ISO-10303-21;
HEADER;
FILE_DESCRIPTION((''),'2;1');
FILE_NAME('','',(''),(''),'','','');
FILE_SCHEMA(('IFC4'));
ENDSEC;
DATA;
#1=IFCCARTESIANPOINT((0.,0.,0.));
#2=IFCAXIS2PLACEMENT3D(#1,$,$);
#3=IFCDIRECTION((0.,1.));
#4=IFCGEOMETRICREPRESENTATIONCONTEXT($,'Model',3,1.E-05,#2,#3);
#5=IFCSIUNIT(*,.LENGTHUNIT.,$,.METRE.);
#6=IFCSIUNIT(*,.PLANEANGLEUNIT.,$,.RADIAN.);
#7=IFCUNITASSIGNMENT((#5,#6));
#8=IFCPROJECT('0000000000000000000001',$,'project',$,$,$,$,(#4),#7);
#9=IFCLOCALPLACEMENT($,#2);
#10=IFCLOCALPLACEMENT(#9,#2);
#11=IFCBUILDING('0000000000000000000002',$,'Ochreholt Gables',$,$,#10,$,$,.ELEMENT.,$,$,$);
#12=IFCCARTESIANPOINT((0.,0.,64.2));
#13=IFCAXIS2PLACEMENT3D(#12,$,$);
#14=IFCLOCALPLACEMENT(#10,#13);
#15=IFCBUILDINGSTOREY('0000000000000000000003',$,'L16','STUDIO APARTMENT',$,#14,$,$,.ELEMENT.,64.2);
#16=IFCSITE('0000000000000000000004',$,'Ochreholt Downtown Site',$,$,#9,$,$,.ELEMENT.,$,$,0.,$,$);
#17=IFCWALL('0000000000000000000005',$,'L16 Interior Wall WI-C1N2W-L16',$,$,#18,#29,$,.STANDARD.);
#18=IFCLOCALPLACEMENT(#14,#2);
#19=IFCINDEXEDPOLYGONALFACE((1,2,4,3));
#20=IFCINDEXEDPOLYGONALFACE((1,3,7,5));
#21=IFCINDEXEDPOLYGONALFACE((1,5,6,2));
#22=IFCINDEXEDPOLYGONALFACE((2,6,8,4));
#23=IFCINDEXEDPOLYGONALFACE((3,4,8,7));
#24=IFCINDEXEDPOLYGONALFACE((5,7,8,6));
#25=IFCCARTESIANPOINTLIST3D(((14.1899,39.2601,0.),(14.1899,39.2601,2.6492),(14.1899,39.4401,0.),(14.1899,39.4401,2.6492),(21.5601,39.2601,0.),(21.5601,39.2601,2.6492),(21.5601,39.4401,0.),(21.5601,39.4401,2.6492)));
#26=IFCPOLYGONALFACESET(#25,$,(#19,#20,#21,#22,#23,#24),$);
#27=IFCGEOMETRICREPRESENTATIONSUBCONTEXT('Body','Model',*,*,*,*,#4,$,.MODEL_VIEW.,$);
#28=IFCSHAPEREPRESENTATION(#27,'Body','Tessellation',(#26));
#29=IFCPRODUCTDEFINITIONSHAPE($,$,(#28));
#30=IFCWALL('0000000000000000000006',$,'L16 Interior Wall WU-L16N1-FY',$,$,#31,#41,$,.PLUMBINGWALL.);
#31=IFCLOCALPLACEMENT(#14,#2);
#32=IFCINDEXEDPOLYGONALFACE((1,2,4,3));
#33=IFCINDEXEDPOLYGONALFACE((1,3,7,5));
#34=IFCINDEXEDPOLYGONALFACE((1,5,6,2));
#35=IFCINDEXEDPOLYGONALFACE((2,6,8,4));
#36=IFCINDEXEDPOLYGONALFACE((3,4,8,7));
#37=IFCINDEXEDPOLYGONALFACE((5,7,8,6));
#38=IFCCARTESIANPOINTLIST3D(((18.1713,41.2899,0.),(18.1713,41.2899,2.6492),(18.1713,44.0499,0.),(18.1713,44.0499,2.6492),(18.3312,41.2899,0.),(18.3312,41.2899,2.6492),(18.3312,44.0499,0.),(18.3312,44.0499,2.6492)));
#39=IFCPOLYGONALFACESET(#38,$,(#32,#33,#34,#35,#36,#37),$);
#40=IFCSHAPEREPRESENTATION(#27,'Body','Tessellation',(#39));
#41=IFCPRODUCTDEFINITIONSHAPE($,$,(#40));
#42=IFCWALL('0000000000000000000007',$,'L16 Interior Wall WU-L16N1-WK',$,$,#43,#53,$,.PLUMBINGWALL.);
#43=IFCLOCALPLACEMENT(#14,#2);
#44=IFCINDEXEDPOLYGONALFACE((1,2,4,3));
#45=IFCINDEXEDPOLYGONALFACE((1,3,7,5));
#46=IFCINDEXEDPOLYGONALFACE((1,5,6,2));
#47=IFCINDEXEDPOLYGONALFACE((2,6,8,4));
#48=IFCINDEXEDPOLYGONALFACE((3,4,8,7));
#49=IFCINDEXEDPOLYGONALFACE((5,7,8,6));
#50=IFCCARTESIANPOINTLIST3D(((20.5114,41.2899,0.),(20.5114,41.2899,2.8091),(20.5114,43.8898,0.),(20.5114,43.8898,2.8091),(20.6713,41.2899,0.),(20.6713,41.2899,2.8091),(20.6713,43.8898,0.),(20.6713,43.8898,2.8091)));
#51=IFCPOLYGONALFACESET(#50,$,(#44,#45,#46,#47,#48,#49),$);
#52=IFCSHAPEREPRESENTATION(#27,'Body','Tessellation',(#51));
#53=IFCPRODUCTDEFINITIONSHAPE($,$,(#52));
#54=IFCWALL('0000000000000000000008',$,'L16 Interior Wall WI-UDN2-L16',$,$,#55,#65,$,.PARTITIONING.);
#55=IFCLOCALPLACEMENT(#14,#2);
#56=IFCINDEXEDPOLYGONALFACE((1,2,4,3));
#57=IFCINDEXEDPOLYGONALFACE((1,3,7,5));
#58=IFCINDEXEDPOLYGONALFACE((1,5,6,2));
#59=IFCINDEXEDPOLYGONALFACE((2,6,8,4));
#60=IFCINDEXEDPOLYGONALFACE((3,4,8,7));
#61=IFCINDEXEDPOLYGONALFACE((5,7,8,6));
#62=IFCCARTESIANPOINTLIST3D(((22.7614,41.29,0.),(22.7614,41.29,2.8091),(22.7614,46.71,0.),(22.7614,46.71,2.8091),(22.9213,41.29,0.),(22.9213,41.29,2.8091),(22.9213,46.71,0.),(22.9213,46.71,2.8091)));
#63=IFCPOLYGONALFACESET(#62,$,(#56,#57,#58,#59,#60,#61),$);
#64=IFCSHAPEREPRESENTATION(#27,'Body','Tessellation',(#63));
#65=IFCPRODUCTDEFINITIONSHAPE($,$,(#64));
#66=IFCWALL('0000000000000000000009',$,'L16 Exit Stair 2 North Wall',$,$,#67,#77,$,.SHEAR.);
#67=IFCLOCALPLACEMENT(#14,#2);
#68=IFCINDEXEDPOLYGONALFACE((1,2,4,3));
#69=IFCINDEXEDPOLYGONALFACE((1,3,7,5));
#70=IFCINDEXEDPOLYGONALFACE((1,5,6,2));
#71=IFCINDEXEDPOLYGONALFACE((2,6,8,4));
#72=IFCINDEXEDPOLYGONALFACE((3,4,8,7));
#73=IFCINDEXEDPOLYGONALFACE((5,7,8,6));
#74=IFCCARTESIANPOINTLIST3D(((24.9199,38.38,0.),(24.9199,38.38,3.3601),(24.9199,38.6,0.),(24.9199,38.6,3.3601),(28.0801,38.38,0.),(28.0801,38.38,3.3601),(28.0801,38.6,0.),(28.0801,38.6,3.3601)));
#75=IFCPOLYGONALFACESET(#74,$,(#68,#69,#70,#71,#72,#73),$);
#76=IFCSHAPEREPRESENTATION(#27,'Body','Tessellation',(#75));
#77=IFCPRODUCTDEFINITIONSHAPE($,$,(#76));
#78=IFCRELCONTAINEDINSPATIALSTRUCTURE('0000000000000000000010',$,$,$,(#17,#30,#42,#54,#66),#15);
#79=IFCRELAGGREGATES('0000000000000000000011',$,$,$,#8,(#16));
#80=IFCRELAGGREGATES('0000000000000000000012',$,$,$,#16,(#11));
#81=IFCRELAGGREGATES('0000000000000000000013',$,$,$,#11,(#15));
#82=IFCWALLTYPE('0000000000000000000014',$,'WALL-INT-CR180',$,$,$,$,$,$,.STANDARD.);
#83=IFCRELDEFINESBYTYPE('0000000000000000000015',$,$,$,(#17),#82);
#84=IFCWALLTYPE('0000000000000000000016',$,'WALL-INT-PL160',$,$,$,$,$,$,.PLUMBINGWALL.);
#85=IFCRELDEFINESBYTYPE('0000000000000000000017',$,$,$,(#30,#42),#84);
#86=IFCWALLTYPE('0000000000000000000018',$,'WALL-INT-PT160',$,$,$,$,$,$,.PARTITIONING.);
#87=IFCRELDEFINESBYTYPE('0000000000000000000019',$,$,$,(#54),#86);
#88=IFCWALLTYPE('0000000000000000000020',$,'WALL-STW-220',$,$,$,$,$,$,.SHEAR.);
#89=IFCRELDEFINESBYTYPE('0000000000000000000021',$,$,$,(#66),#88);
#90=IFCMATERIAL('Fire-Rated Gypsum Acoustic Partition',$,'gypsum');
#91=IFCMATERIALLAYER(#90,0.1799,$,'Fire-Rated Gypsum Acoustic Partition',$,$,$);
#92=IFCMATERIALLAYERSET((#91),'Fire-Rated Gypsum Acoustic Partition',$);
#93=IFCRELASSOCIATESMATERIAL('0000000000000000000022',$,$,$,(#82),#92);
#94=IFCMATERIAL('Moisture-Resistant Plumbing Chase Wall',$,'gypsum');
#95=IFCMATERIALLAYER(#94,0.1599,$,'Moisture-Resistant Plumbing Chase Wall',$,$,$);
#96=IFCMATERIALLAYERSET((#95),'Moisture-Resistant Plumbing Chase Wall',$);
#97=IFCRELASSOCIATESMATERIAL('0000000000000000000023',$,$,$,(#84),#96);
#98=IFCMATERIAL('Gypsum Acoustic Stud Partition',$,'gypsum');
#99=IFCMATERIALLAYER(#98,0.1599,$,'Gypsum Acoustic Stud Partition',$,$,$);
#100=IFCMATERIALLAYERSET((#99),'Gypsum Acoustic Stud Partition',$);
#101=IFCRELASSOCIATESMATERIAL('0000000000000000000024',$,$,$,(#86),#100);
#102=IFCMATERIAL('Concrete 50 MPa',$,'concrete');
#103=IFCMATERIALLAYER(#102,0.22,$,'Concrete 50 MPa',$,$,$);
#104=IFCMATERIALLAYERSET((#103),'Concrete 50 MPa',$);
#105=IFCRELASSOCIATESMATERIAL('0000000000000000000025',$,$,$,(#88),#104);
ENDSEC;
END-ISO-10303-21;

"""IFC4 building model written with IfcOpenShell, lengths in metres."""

from ifc_helpers import new_model, si_unit, direction, frame, frame_2d, origin, place, context, subcontext, project, spatial, rectangle, extrude, material, layer, layer_set, type_object, element, save


model = new_model("IFC4")

# Units and contexts
model_context = context("Model", 3, precision=1e-05, world=origin(), true_north=direction((0.0, 1.0)))
body_context = subcontext(model_context, "Body", "Model", "MODEL_VIEW")
ifc_project = project(units=[si_unit("LENGTHUNIT", "METRE"), si_unit("PLANEANGLEUNIT", "RADIAN")], contexts=[model_context])

# Site, building, storey
site_placement = place(None, origin())
site = spatial("IfcSite", under=ifc_project, at=site_placement, Name="Ochreholt Downtown Site", CompositionType="ELEMENT", RefElevation=0.0)
building_placement = place(site_placement, origin())
building = spatial("IfcBuilding", under=site, at=building_placement, Name="Ochreholt Gables", CompositionType="ELEMENT")
storey_placement = place(building_placement, frame((0.0, 0.0, 64.2)))
storey = spatial("IfcBuildingStorey", under=building, at=storey_placement, Name="L16", Description="STUDIO APARTMENT", CompositionType="ELEMENT", Elevation=64.2)

# Wall
ifc_material_1 = material(Name="Fire-Rated Gypsum Acoustic Partition", Category="gypsum")
ifc_layer_1 = layer(ifc_material_1, 0.1799, Name="Fire-Rated Gypsum Acoustic Partition")
ifc_layer_set_1 = layer_set([ifc_layer_1], Name="Fire-Rated Gypsum Acoustic Partition")
wall_type_1 = type_object("IfcWallType", Name="WALL-INT-CR180", PredefinedType="STANDARD", material=ifc_layer_set_1)
wall_1_placement = place(storey_placement, frame((14.1899, 39.3501, 0.0), z_axis=(0.0, 0.0, 1.0), x_axis=(1.0, 0.0, 0.0)))
element("IfcWall", 1, at=wall_1_placement, inside=storey, type_object=wall_type_1, Name="L16 Interior Wall WI-C1N2W-L16", PredefinedType="STANDARD", context=body_context, shape_type="SweptSolid", body=[
    extrude(rectangle(XDim=7.3701, YDim=0.1799, at=frame_2d((3.6851, 0.0))), origin(), (0.0, 0.0, 1.0), 2.6492),
])

# Shared definitions
ifc_material_2 = material(Name="Moisture-Resistant Plumbing Chase Wall", Category="gypsum")
ifc_layer_2 = layer(ifc_material_2, 0.1599, Name="Moisture-Resistant Plumbing Chase Wall")
ifc_layer_set_2 = layer_set([ifc_layer_2], Name="Moisture-Resistant Plumbing Chase Wall")
wall_type_2 = type_object("IfcWallType", Name="WALL-INT-PL160", PredefinedType="PLUMBINGWALL", material=ifc_layer_set_2)

# Walls
wall_2_placement = place(storey_placement, frame((18.2512, 41.29, 0.0), z_axis=(0.0, 0.0, 1.0), x_axis=(0.0, 1.0, 0.0)))
element("IfcWall", 2, at=wall_2_placement, inside=storey, type_object=wall_type_2, Name="L16 Interior Wall WU-L16N1-FY", PredefinedType="PLUMBINGWALL", context=body_context, shape_type="SweptSolid", body=[
    extrude(rectangle(XDim=2.76, YDim=0.1599, at=frame_2d((1.3799, 0.0))), origin(), (0.0, 0.0, 1.0), 2.6492),
])
wall_3_placement = place(storey_placement, frame((20.5913, 41.29, 0.0), z_axis=(0.0, 0.0, 1.0), x_axis=(0.0, 1.0, 0.0)))
element("IfcWall", 3, at=wall_3_placement, inside=storey, type_object=wall_type_2, Name="L16 Interior Wall WU-L16N1-WK", PredefinedType="PLUMBINGWALL", context=body_context, shape_type="SweptSolid", body=[
    extrude(rectangle(XDim=2.5999, YDim=0.1599, at=frame_2d((1.2998, 0.0))), origin(), (0.0, 0.0, 1.0), 2.8091),
])
ifc_material_3 = material(Name="Gypsum Acoustic Stud Partition", Category="gypsum")
ifc_layer_3 = layer(ifc_material_3, 0.1599, Name="Gypsum Acoustic Stud Partition")
ifc_layer_set_3 = layer_set([ifc_layer_3], Name="Gypsum Acoustic Stud Partition")
wall_type_3 = type_object("IfcWallType", Name="WALL-INT-PT160", PredefinedType="PARTITIONING", material=ifc_layer_set_3)
wall_4_placement = place(storey_placement, frame((22.8413, 41.29, 0.0), z_axis=(0.0, 0.0, 1.0), x_axis=(0.0, 1.0, 0.0)))
element("IfcWall", 4, at=wall_4_placement, inside=storey, type_object=wall_type_3, Name="L16 Interior Wall WI-UDN2-L16", PredefinedType="PARTITIONING", context=body_context, shape_type="SweptSolid", body=[
    extrude(rectangle(XDim=5.4199, YDim=0.1599, at=frame_2d((2.71, 0.0))), origin(), (0.0, 0.0, 1.0), 2.8091),
])
ifc_material_4 = material(Name="Concrete 50 MPa", Category="concrete")
ifc_layer_4 = layer(ifc_material_4, 0.22, Name="Concrete 50 MPa")
ifc_layer_set_4 = layer_set([ifc_layer_4], Name="Concrete 50 MPa")
wall_type_4 = type_object("IfcWallType", Name="WALL-STW-220", PredefinedType="SHEAR", material=ifc_layer_set_4)
wall_5_placement = place(storey_placement, frame((24.9199, 38.49, 0.0), z_axis=(0.0, 0.0, 1.0), x_axis=(1.0, 0.0, 0.0)))
element("IfcWall", 5, at=wall_5_placement, inside=storey, type_object=wall_type_4, Name="L16 Exit Stair 2 North Wall", PredefinedType="SHEAR", context=body_context, shape_type="SweptSolid", body=[
    extrude(rectangle(XDim=3.1602, YDim=0.22, at=frame_2d((1.5801, 0.0))), origin(), (0.0, 0.0, 1.0), 3.3601),
])

save(model, "model.ifc")
